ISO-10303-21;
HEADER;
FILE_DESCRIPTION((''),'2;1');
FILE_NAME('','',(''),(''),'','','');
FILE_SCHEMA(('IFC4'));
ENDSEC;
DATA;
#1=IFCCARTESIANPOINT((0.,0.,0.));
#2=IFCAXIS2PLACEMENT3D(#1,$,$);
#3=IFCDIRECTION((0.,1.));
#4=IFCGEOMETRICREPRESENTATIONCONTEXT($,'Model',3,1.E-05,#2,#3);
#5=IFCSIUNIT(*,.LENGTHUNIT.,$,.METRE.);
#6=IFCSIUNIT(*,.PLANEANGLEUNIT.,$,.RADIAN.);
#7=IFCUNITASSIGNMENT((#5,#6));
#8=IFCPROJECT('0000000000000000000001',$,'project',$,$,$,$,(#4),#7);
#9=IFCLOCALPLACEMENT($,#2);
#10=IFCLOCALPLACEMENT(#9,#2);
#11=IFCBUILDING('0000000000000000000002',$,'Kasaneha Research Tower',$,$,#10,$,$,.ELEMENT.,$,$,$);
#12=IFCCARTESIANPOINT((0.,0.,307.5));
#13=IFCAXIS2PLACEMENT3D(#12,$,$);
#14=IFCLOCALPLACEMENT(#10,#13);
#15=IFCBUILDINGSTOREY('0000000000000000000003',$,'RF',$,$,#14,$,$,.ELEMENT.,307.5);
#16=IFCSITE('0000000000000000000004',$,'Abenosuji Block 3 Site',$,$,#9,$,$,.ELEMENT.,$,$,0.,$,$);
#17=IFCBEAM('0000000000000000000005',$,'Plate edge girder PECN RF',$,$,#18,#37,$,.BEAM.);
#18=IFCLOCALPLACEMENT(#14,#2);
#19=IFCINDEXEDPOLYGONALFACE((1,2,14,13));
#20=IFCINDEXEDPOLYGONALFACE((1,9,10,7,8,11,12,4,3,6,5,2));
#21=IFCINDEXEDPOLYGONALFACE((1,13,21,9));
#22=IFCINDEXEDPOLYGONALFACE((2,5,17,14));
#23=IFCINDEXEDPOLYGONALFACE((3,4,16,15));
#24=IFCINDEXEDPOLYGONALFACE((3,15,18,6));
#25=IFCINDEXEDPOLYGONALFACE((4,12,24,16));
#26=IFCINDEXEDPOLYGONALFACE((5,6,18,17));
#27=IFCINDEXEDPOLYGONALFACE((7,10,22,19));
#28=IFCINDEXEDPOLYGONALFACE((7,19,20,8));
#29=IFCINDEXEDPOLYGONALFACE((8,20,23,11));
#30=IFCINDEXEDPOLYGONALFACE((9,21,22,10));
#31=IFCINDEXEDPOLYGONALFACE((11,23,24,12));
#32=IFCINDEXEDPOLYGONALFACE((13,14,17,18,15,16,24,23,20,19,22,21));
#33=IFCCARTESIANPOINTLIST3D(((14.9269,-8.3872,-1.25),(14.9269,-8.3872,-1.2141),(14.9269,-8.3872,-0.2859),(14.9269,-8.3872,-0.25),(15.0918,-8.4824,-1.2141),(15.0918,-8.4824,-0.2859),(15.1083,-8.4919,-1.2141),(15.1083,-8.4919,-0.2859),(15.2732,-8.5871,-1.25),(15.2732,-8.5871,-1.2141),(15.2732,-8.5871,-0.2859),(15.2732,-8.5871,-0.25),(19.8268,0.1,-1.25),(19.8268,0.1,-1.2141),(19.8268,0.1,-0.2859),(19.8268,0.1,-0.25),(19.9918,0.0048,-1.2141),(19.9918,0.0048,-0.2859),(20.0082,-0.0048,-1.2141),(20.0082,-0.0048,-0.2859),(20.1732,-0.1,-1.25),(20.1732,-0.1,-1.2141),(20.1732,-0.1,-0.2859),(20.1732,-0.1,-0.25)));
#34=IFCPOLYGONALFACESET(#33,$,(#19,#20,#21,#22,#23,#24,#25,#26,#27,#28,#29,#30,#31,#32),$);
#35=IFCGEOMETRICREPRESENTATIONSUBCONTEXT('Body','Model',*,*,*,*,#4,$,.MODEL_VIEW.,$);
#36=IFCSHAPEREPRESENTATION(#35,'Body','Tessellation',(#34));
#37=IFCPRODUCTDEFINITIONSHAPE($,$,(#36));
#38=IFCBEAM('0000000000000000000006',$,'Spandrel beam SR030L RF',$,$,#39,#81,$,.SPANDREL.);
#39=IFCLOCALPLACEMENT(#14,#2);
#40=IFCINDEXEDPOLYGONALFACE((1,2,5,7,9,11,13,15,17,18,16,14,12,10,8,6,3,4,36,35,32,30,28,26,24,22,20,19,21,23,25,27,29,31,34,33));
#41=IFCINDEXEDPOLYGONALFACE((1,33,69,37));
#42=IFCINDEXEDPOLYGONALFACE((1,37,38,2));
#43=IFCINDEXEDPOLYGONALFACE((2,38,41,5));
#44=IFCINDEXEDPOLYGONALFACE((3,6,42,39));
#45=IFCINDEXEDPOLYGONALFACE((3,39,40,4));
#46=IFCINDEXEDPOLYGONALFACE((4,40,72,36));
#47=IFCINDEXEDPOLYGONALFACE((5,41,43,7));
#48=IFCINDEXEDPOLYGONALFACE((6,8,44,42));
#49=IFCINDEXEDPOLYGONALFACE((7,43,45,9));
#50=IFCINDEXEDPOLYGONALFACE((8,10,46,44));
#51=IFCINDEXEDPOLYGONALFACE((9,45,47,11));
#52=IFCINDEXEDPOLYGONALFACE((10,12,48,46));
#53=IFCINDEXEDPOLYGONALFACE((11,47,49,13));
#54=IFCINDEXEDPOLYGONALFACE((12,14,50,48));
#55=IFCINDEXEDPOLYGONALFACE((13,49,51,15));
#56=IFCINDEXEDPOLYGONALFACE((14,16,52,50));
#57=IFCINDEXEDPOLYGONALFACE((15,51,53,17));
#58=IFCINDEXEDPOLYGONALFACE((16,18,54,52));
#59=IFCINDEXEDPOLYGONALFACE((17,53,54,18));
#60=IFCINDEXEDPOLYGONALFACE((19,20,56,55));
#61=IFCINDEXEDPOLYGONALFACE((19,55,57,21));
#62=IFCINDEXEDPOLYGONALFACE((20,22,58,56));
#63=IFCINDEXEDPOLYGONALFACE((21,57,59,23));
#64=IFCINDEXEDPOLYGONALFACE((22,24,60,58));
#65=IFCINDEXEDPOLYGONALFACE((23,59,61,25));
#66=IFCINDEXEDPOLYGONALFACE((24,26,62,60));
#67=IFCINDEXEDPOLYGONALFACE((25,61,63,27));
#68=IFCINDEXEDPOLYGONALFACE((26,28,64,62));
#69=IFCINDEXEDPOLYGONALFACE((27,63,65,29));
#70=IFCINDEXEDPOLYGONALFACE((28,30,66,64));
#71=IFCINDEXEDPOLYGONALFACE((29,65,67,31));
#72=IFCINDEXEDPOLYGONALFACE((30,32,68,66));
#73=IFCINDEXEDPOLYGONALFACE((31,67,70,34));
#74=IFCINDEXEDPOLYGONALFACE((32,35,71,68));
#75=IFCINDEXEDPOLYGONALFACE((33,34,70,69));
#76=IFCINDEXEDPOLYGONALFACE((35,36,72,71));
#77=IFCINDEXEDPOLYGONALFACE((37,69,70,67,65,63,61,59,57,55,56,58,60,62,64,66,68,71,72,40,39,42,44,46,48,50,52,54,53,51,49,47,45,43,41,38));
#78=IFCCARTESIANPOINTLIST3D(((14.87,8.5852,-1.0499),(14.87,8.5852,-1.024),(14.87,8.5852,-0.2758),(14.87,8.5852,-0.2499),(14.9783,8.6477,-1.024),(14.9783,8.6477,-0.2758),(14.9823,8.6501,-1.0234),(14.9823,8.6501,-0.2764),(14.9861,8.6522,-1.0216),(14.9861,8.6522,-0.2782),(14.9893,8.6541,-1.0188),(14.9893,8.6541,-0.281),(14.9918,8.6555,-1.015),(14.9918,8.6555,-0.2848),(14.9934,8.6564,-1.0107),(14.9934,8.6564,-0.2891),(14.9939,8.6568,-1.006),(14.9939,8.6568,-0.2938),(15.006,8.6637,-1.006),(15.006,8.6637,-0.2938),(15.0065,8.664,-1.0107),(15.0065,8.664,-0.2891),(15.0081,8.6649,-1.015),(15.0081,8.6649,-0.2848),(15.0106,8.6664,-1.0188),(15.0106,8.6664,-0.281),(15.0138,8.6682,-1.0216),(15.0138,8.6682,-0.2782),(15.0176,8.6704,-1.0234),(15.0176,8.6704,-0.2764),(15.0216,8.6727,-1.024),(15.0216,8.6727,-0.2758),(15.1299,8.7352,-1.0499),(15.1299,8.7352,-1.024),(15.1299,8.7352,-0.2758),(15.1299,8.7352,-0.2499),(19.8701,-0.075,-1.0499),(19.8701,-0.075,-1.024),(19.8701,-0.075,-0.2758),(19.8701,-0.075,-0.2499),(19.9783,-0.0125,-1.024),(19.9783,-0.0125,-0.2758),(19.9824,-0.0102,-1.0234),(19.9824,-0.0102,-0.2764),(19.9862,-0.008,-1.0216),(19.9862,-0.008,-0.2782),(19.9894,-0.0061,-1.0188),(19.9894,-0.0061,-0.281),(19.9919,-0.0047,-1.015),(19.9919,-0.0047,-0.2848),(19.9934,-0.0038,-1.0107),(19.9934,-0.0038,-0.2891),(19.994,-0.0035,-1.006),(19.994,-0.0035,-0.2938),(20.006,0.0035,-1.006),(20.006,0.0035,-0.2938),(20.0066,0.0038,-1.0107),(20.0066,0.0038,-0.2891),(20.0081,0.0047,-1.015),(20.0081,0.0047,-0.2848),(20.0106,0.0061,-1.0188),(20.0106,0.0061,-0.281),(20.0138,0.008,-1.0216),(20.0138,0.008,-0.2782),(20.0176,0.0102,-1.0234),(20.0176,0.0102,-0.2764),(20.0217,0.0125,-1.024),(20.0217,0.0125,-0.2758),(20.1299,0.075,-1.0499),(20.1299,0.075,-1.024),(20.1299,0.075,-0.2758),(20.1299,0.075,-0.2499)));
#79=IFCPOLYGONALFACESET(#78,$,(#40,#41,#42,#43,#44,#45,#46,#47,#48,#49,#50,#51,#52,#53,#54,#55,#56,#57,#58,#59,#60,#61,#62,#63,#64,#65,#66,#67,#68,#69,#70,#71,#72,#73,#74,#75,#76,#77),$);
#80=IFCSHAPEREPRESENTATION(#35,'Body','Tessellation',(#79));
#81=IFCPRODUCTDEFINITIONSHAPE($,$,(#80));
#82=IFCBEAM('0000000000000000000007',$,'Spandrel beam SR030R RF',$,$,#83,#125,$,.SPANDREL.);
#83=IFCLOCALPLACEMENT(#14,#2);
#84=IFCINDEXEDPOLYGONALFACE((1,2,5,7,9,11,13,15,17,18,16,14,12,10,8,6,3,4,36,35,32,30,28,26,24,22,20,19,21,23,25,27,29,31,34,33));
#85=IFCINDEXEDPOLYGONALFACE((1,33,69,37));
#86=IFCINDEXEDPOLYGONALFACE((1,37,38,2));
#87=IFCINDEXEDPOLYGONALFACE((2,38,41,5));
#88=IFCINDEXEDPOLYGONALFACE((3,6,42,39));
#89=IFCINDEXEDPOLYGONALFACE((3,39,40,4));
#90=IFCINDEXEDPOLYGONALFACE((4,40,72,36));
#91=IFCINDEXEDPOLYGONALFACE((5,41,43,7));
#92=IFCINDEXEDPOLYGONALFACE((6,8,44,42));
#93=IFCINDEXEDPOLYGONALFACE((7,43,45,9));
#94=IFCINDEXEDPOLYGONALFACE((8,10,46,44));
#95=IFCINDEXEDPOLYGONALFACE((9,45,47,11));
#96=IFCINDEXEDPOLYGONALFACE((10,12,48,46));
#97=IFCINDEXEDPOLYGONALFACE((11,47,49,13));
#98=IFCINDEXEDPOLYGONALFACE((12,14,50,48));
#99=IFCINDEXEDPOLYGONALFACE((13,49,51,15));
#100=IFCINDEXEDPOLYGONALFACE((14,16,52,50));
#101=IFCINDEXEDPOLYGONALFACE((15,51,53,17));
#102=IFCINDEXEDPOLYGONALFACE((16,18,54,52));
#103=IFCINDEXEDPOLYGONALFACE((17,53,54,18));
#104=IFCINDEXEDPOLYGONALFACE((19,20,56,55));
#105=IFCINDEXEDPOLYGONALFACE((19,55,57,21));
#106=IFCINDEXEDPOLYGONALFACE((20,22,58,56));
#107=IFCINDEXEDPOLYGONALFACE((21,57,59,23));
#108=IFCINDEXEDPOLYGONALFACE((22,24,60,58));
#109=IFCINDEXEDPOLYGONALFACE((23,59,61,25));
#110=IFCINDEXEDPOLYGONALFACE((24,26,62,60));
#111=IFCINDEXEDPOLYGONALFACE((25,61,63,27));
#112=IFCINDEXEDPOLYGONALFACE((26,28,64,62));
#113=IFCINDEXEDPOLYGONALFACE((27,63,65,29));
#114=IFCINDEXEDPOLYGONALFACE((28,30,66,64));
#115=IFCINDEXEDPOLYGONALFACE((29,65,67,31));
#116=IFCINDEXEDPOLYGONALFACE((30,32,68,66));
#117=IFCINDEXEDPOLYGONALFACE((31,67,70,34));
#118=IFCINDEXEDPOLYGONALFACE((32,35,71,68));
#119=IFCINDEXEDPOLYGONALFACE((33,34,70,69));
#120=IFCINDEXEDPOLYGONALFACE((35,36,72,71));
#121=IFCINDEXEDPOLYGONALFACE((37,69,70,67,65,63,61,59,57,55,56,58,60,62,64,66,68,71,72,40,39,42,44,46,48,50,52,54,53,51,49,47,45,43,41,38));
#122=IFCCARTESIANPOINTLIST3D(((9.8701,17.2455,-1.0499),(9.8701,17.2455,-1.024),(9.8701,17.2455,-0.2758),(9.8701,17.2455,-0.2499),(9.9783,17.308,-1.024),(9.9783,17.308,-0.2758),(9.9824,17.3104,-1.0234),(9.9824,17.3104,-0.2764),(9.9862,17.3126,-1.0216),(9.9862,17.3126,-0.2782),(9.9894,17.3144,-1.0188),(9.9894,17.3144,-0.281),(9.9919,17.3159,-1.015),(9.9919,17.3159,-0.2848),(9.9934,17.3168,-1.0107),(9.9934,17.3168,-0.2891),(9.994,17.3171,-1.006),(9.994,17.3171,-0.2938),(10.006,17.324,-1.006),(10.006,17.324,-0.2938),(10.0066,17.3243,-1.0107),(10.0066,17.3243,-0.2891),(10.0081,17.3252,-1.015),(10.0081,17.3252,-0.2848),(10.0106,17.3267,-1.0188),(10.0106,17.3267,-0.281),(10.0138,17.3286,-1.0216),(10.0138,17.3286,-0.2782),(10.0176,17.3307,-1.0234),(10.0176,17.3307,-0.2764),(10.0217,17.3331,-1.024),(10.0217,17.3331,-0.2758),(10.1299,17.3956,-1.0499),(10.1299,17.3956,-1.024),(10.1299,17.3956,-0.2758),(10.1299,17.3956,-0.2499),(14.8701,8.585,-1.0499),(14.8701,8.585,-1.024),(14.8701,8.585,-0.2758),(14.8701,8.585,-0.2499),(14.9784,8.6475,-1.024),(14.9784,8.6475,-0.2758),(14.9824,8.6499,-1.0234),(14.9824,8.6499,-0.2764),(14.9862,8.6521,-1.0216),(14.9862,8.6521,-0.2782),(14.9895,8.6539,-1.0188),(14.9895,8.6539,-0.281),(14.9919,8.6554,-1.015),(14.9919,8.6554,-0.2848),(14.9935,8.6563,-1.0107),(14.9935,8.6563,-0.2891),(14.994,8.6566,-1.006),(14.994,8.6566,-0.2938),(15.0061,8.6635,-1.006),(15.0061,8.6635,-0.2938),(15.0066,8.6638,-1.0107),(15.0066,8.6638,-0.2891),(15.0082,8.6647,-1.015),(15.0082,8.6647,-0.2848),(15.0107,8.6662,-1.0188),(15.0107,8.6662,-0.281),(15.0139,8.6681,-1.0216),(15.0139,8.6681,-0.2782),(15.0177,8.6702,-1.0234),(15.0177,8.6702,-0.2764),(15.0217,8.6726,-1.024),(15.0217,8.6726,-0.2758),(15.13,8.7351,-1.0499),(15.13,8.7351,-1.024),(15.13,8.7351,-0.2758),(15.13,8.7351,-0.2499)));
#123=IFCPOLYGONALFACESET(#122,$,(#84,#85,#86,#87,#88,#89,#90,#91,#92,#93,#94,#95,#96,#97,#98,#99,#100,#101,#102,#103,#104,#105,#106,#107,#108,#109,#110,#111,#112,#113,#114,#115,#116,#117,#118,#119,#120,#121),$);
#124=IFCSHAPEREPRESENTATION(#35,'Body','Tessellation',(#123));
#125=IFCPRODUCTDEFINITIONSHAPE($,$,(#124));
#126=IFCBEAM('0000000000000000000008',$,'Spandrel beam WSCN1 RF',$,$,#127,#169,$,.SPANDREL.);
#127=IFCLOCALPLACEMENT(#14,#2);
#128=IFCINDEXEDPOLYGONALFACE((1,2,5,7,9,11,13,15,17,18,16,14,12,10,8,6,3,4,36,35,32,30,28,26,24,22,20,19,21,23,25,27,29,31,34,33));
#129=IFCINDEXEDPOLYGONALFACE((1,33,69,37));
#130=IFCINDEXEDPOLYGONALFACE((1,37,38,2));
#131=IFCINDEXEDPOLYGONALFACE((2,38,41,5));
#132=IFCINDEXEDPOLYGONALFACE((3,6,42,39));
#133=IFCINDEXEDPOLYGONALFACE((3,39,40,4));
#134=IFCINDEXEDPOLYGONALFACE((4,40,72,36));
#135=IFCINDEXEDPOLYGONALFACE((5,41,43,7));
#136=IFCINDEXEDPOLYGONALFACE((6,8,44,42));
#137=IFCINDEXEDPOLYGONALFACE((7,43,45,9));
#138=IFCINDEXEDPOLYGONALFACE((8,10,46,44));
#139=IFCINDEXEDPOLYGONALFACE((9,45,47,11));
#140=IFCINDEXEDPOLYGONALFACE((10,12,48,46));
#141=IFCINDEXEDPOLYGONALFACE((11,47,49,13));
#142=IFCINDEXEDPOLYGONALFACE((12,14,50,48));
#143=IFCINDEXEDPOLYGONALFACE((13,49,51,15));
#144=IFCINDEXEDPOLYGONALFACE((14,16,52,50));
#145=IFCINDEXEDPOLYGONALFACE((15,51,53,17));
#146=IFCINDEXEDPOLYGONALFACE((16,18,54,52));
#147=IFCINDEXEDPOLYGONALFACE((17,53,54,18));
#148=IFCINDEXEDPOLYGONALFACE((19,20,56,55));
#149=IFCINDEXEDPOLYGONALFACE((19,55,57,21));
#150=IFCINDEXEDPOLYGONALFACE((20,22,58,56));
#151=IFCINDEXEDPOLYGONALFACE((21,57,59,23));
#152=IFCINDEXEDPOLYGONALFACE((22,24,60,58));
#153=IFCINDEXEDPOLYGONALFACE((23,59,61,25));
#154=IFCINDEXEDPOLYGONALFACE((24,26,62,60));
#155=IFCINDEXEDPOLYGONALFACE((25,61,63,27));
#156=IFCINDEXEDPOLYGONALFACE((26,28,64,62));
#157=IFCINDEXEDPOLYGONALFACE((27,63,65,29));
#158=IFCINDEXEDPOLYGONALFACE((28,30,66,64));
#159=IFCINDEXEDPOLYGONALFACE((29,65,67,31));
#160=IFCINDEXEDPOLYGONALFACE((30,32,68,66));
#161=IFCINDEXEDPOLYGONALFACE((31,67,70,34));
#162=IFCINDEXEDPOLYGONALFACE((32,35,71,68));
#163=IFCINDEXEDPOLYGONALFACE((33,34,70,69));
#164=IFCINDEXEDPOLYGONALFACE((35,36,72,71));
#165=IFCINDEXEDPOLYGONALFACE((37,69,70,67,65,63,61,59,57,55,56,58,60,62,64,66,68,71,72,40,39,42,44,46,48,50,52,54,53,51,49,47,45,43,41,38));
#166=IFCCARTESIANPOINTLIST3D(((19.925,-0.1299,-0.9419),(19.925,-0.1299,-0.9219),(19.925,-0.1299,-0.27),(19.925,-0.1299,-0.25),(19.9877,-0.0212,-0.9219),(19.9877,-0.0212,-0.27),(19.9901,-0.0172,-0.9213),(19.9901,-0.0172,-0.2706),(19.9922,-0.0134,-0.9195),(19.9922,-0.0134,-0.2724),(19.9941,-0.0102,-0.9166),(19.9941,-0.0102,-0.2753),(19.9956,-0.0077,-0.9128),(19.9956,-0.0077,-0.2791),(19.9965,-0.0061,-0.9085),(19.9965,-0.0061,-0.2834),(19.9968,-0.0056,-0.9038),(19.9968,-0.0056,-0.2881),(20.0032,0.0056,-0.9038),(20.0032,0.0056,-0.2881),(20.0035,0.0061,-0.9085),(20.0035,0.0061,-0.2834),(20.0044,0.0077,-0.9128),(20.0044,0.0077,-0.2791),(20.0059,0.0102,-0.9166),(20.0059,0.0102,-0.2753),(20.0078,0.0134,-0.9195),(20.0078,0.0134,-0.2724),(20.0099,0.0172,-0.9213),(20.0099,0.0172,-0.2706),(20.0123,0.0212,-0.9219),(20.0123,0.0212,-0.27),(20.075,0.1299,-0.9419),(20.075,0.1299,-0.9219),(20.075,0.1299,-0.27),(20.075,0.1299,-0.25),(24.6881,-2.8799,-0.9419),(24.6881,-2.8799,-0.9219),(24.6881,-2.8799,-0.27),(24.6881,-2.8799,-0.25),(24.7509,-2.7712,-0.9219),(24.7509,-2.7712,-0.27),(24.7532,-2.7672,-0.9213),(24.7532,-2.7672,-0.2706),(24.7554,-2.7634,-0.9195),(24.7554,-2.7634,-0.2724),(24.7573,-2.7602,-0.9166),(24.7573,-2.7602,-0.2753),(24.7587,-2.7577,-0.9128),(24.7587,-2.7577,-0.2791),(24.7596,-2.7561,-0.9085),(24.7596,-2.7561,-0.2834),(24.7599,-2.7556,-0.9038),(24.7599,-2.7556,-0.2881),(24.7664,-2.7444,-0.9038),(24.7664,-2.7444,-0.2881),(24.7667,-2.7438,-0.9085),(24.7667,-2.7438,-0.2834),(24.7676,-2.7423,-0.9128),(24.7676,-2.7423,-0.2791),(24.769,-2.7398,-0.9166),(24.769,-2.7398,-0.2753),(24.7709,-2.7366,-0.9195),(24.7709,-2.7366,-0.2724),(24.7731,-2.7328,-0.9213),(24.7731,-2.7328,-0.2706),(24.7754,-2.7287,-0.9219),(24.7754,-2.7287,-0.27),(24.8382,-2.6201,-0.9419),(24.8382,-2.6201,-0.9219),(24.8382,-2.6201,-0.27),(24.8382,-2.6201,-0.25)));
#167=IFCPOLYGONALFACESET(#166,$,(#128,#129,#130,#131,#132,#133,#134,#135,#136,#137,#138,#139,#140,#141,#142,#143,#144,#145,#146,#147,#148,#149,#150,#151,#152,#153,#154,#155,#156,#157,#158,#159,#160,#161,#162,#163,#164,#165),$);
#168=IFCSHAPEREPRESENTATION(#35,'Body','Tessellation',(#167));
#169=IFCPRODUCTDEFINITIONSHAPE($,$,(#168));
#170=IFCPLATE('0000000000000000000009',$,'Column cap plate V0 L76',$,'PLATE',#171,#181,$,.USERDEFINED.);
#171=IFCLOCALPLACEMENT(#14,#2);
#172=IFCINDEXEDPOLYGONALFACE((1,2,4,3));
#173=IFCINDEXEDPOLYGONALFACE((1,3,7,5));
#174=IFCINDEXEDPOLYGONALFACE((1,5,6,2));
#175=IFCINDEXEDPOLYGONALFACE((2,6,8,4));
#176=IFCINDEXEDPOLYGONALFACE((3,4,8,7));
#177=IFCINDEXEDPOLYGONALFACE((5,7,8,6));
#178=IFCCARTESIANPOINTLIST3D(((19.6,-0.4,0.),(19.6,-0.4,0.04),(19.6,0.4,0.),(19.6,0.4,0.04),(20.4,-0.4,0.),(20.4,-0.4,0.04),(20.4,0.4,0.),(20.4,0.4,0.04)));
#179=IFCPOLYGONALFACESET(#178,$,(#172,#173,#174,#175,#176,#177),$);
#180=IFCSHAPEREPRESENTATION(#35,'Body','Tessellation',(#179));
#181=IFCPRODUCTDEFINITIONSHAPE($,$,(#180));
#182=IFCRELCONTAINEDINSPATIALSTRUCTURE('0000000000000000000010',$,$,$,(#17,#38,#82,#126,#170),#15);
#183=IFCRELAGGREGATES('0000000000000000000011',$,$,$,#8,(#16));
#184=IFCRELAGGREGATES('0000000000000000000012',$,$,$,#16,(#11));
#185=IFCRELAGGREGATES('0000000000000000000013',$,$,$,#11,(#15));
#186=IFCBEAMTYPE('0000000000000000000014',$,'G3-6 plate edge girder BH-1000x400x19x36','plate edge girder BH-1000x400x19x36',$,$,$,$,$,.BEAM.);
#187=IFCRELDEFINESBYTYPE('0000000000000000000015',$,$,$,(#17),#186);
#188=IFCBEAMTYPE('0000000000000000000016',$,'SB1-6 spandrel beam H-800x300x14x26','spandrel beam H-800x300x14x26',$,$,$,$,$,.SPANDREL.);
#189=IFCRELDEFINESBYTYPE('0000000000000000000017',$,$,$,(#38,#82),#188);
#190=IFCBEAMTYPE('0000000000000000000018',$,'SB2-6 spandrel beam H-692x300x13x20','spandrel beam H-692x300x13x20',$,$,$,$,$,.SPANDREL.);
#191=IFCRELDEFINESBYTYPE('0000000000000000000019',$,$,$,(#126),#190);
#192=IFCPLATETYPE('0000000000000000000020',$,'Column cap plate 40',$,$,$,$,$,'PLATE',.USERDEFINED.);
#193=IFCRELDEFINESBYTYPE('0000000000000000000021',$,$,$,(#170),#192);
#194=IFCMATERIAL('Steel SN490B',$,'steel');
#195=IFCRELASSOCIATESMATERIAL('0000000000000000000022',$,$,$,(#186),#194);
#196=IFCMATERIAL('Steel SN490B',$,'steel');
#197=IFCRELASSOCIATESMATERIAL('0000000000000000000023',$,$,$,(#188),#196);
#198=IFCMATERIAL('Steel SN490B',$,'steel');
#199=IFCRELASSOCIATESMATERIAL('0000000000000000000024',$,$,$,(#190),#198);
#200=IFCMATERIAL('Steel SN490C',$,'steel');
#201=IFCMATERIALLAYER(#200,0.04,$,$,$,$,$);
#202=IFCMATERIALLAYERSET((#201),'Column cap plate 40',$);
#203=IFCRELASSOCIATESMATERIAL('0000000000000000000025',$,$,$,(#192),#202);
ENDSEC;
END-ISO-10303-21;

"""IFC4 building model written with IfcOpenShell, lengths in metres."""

from ifc_helpers import new_model, si_unit, direction, frame, origin, origin_2d, place, context, subcontext, project, spatial, rectangle, i_section, extrude, material, layer, layer_set, material_profile, profile_set, type_object, element, save


model = new_model("IFC4")

# Units and contexts
model_context = context("Model", 3, precision=1e-05, world=origin(), true_north=direction((0.0, 1.0)))
body_context = subcontext(model_context, "Body", "Model", "MODEL_VIEW")
ifc_project = project(units=[si_unit("LENGTHUNIT", "METRE"), si_unit("PLANEANGLEUNIT", "RADIAN")], contexts=[model_context])

# Site, building, storey
site_placement = place(None, origin())
site = spatial("IfcSite", under=ifc_project, at=site_placement, Name="Abenosuji Block 3 Site", CompositionType="ELEMENT", RefElevation=0.0)
building_placement = place(site_placement, origin())
building = spatial("IfcBuilding", under=site, at=building_placement, Name="Kasaneha Research Tower", CompositionType="ELEMENT")
storey_placement = place(building_placement, frame((0.0, 0.0, 307.5)))
storey = spatial("IfcBuildingStorey", under=building, at=storey_placement, Name="RF", CompositionType="ELEMENT", Elevation=307.5)

# Beams
ifc_material_1 = material(Name="Steel SN490B", Category="steel")
ifc_material_profile_1 = material_profile(ifc_material_1, i_section(OverallWidth=0.3999, OverallDepth=1.0, WebThickness=0.019, FlangeThickness=0.0359, at=origin_2d()), Name="BH-1000x400x19x36")
ifc_profile_set_1 = profile_set([ifc_material_profile_1], Name="Steel SN490B")
beam_type_1 = type_object("IfcBeamType", Name="G3-6 plate edge girder BH-1000x400x19x36", Description="plate edge girder BH-1000x400x19x36", PredefinedType="BEAM", material=ifc_profile_set_1)
for number, where, z_axis, x_axis, name in (
    (1, (20.0, 0.0, -0.75), (-0.499992, -0.86603, 0.0), (0.86603, -0.499992, 0.0), "Plate edge girder PECN RF"),
):
    element("IfcBeam", number, at=place(storey_placement, frame(where, z_axis=z_axis, x_axis=x_axis)), inside=storey, type_object=beam_type_1, Name=name, PredefinedType="BEAM", context=body_context, shape_type="SweptSolid", body=[
        extrude(i_section(OverallWidth=0.3999, OverallDepth=1.0, WebThickness=0.019, FlangeThickness=0.0359, at=origin_2d()), origin(), (0.0, 0.0, 1.0), 9.8),
    ])
ifc_material_2 = material(Name="Steel SN490B", Category="steel")
ifc_material_profile_2 = material_profile(ifc_material_2, i_section(OverallWidth=0.3, OverallDepth=0.8, WebThickness=0.0139, FlangeThickness=0.0259, FilletRadius=0.0181, at=origin_2d()), Name="H-800x300x14x26")
ifc_profile_set_2 = profile_set([ifc_material_profile_2], Name="Steel SN490B")
beam_type_2 = type_object("IfcBeamType", Name="SB1-6 spandrel beam H-800x300x14x26", Description="spandrel beam H-800x300x14x26", PredefinedType="SPANDREL", material=ifc_profile_set_2)
beam_1_placement = place(storey_placement, frame((20.0, 0.0, -0.6499), z_axis=(-0.500004, 0.866023, 0.0), x_axis=(-0.866023, -0.500004, 0.0)))
element("IfcBeam", 2, at=beam_1_placement, inside=storey, type_object=beam_type_2, Name="Spandrel beam SR030L RF", PredefinedType="SPANDREL", context=body_context, shape_type="SweptSolid", body=[
    extrude(i_section(OverallWidth=0.3, OverallDepth=0.8, WebThickness=0.0139, FlangeThickness=0.0259, FilletRadius=0.0181, at=origin_2d()), origin(), (0.0, 0.0, 1.0), 10.0),
])
beam_2_placement = place(storey_placement, frame((10.0, 17.3206, -0.6499), z_axis=(0.499994, -0.866029, 0.0), x_axis=(0.866029, 0.499994, 0.0)))
element("IfcBeam", 3, at=beam_2_placement, inside=storey, type_object=beam_type_2, Name="Spandrel beam SR030R RF", PredefinedType="SPANDREL", context=body_context, shape_type="SweptSolid", body=[
    extrude(i_section(OverallWidth=0.3, OverallDepth=0.8, WebThickness=0.0139, FlangeThickness=0.0259, FilletRadius=0.0181, at=origin_2d()), origin(), (0.0, 0.0, 1.0), 10.0002),
])
ifc_material_3 = material(Name="Steel SN490B", Category="steel")
ifc_material_profile_3 = material_profile(ifc_material_3, i_section(OverallWidth=0.3, OverallDepth=0.6919, WebThickness=0.0129, FlangeThickness=0.02, FilletRadius=0.0181, at=origin_2d()), Name="H-692x300x13x20")
ifc_profile_set_3 = profile_set([ifc_material_profile_3], Name="Steel SN490B")
beam_type_3 = type_object("IfcBeamType", Name="SB2-6 spandrel beam H-692x300x13x20", Description="spandrel beam H-692x300x13x20", PredefinedType="SPANDREL", material=ifc_profile_set_3)
beam_3_placement = place(storey_placement, frame((20.0, 0.0, -0.5959), z_axis=(0.866027, -0.499997, 0.0), x_axis=(0.499997, 0.866027, 0.0)))
element("IfcBeam", 4, at=beam_3_placement, inside=storey, type_object=beam_type_3, Name="Spandrel beam WSCN1 RF", PredefinedType="SPANDREL", context=body_context, shape_type="SweptSolid", body=[
    extrude(i_section(OverallWidth=0.3, OverallDepth=0.6919, WebThickness=0.0129, FlangeThickness=0.02, FilletRadius=0.0181, at=origin_2d()), origin(), (0.0, 0.0, 1.0), 5.5),
])

# Plate
ifc_material_4 = material(Name="Steel SN490C", Category="steel")
ifc_layer_1 = layer(ifc_material_4, 0.04)
ifc_layer_set_1 = layer_set([ifc_layer_1], Name="Column cap plate 40")
plate_type = type_object("IfcPlateType", Name="Column cap plate 40", ElementType="PLATE", PredefinedType="USERDEFINED", material=ifc_layer_set_1)
plate_placement = place(storey_placement, frame((20.0, 0.0, 0.0), z_axis=(0.0, 0.0, 1.0), x_axis=(1.0, 0.0, 0.0)))
element("IfcPlate", 5, at=plate_placement, inside=storey, type_object=plate_type, Name="Column cap plate V0 L76", ObjectType="PLATE", PredefinedType="USERDEFINED", context=body_context, shape_type="SweptSolid", body=[
    extrude(rectangle(XDim=0.8, YDim=0.8, at=origin_2d()), origin(), (0.0, 0.0, 1.0), 0.04),
])

save(model, "model.ifc")
